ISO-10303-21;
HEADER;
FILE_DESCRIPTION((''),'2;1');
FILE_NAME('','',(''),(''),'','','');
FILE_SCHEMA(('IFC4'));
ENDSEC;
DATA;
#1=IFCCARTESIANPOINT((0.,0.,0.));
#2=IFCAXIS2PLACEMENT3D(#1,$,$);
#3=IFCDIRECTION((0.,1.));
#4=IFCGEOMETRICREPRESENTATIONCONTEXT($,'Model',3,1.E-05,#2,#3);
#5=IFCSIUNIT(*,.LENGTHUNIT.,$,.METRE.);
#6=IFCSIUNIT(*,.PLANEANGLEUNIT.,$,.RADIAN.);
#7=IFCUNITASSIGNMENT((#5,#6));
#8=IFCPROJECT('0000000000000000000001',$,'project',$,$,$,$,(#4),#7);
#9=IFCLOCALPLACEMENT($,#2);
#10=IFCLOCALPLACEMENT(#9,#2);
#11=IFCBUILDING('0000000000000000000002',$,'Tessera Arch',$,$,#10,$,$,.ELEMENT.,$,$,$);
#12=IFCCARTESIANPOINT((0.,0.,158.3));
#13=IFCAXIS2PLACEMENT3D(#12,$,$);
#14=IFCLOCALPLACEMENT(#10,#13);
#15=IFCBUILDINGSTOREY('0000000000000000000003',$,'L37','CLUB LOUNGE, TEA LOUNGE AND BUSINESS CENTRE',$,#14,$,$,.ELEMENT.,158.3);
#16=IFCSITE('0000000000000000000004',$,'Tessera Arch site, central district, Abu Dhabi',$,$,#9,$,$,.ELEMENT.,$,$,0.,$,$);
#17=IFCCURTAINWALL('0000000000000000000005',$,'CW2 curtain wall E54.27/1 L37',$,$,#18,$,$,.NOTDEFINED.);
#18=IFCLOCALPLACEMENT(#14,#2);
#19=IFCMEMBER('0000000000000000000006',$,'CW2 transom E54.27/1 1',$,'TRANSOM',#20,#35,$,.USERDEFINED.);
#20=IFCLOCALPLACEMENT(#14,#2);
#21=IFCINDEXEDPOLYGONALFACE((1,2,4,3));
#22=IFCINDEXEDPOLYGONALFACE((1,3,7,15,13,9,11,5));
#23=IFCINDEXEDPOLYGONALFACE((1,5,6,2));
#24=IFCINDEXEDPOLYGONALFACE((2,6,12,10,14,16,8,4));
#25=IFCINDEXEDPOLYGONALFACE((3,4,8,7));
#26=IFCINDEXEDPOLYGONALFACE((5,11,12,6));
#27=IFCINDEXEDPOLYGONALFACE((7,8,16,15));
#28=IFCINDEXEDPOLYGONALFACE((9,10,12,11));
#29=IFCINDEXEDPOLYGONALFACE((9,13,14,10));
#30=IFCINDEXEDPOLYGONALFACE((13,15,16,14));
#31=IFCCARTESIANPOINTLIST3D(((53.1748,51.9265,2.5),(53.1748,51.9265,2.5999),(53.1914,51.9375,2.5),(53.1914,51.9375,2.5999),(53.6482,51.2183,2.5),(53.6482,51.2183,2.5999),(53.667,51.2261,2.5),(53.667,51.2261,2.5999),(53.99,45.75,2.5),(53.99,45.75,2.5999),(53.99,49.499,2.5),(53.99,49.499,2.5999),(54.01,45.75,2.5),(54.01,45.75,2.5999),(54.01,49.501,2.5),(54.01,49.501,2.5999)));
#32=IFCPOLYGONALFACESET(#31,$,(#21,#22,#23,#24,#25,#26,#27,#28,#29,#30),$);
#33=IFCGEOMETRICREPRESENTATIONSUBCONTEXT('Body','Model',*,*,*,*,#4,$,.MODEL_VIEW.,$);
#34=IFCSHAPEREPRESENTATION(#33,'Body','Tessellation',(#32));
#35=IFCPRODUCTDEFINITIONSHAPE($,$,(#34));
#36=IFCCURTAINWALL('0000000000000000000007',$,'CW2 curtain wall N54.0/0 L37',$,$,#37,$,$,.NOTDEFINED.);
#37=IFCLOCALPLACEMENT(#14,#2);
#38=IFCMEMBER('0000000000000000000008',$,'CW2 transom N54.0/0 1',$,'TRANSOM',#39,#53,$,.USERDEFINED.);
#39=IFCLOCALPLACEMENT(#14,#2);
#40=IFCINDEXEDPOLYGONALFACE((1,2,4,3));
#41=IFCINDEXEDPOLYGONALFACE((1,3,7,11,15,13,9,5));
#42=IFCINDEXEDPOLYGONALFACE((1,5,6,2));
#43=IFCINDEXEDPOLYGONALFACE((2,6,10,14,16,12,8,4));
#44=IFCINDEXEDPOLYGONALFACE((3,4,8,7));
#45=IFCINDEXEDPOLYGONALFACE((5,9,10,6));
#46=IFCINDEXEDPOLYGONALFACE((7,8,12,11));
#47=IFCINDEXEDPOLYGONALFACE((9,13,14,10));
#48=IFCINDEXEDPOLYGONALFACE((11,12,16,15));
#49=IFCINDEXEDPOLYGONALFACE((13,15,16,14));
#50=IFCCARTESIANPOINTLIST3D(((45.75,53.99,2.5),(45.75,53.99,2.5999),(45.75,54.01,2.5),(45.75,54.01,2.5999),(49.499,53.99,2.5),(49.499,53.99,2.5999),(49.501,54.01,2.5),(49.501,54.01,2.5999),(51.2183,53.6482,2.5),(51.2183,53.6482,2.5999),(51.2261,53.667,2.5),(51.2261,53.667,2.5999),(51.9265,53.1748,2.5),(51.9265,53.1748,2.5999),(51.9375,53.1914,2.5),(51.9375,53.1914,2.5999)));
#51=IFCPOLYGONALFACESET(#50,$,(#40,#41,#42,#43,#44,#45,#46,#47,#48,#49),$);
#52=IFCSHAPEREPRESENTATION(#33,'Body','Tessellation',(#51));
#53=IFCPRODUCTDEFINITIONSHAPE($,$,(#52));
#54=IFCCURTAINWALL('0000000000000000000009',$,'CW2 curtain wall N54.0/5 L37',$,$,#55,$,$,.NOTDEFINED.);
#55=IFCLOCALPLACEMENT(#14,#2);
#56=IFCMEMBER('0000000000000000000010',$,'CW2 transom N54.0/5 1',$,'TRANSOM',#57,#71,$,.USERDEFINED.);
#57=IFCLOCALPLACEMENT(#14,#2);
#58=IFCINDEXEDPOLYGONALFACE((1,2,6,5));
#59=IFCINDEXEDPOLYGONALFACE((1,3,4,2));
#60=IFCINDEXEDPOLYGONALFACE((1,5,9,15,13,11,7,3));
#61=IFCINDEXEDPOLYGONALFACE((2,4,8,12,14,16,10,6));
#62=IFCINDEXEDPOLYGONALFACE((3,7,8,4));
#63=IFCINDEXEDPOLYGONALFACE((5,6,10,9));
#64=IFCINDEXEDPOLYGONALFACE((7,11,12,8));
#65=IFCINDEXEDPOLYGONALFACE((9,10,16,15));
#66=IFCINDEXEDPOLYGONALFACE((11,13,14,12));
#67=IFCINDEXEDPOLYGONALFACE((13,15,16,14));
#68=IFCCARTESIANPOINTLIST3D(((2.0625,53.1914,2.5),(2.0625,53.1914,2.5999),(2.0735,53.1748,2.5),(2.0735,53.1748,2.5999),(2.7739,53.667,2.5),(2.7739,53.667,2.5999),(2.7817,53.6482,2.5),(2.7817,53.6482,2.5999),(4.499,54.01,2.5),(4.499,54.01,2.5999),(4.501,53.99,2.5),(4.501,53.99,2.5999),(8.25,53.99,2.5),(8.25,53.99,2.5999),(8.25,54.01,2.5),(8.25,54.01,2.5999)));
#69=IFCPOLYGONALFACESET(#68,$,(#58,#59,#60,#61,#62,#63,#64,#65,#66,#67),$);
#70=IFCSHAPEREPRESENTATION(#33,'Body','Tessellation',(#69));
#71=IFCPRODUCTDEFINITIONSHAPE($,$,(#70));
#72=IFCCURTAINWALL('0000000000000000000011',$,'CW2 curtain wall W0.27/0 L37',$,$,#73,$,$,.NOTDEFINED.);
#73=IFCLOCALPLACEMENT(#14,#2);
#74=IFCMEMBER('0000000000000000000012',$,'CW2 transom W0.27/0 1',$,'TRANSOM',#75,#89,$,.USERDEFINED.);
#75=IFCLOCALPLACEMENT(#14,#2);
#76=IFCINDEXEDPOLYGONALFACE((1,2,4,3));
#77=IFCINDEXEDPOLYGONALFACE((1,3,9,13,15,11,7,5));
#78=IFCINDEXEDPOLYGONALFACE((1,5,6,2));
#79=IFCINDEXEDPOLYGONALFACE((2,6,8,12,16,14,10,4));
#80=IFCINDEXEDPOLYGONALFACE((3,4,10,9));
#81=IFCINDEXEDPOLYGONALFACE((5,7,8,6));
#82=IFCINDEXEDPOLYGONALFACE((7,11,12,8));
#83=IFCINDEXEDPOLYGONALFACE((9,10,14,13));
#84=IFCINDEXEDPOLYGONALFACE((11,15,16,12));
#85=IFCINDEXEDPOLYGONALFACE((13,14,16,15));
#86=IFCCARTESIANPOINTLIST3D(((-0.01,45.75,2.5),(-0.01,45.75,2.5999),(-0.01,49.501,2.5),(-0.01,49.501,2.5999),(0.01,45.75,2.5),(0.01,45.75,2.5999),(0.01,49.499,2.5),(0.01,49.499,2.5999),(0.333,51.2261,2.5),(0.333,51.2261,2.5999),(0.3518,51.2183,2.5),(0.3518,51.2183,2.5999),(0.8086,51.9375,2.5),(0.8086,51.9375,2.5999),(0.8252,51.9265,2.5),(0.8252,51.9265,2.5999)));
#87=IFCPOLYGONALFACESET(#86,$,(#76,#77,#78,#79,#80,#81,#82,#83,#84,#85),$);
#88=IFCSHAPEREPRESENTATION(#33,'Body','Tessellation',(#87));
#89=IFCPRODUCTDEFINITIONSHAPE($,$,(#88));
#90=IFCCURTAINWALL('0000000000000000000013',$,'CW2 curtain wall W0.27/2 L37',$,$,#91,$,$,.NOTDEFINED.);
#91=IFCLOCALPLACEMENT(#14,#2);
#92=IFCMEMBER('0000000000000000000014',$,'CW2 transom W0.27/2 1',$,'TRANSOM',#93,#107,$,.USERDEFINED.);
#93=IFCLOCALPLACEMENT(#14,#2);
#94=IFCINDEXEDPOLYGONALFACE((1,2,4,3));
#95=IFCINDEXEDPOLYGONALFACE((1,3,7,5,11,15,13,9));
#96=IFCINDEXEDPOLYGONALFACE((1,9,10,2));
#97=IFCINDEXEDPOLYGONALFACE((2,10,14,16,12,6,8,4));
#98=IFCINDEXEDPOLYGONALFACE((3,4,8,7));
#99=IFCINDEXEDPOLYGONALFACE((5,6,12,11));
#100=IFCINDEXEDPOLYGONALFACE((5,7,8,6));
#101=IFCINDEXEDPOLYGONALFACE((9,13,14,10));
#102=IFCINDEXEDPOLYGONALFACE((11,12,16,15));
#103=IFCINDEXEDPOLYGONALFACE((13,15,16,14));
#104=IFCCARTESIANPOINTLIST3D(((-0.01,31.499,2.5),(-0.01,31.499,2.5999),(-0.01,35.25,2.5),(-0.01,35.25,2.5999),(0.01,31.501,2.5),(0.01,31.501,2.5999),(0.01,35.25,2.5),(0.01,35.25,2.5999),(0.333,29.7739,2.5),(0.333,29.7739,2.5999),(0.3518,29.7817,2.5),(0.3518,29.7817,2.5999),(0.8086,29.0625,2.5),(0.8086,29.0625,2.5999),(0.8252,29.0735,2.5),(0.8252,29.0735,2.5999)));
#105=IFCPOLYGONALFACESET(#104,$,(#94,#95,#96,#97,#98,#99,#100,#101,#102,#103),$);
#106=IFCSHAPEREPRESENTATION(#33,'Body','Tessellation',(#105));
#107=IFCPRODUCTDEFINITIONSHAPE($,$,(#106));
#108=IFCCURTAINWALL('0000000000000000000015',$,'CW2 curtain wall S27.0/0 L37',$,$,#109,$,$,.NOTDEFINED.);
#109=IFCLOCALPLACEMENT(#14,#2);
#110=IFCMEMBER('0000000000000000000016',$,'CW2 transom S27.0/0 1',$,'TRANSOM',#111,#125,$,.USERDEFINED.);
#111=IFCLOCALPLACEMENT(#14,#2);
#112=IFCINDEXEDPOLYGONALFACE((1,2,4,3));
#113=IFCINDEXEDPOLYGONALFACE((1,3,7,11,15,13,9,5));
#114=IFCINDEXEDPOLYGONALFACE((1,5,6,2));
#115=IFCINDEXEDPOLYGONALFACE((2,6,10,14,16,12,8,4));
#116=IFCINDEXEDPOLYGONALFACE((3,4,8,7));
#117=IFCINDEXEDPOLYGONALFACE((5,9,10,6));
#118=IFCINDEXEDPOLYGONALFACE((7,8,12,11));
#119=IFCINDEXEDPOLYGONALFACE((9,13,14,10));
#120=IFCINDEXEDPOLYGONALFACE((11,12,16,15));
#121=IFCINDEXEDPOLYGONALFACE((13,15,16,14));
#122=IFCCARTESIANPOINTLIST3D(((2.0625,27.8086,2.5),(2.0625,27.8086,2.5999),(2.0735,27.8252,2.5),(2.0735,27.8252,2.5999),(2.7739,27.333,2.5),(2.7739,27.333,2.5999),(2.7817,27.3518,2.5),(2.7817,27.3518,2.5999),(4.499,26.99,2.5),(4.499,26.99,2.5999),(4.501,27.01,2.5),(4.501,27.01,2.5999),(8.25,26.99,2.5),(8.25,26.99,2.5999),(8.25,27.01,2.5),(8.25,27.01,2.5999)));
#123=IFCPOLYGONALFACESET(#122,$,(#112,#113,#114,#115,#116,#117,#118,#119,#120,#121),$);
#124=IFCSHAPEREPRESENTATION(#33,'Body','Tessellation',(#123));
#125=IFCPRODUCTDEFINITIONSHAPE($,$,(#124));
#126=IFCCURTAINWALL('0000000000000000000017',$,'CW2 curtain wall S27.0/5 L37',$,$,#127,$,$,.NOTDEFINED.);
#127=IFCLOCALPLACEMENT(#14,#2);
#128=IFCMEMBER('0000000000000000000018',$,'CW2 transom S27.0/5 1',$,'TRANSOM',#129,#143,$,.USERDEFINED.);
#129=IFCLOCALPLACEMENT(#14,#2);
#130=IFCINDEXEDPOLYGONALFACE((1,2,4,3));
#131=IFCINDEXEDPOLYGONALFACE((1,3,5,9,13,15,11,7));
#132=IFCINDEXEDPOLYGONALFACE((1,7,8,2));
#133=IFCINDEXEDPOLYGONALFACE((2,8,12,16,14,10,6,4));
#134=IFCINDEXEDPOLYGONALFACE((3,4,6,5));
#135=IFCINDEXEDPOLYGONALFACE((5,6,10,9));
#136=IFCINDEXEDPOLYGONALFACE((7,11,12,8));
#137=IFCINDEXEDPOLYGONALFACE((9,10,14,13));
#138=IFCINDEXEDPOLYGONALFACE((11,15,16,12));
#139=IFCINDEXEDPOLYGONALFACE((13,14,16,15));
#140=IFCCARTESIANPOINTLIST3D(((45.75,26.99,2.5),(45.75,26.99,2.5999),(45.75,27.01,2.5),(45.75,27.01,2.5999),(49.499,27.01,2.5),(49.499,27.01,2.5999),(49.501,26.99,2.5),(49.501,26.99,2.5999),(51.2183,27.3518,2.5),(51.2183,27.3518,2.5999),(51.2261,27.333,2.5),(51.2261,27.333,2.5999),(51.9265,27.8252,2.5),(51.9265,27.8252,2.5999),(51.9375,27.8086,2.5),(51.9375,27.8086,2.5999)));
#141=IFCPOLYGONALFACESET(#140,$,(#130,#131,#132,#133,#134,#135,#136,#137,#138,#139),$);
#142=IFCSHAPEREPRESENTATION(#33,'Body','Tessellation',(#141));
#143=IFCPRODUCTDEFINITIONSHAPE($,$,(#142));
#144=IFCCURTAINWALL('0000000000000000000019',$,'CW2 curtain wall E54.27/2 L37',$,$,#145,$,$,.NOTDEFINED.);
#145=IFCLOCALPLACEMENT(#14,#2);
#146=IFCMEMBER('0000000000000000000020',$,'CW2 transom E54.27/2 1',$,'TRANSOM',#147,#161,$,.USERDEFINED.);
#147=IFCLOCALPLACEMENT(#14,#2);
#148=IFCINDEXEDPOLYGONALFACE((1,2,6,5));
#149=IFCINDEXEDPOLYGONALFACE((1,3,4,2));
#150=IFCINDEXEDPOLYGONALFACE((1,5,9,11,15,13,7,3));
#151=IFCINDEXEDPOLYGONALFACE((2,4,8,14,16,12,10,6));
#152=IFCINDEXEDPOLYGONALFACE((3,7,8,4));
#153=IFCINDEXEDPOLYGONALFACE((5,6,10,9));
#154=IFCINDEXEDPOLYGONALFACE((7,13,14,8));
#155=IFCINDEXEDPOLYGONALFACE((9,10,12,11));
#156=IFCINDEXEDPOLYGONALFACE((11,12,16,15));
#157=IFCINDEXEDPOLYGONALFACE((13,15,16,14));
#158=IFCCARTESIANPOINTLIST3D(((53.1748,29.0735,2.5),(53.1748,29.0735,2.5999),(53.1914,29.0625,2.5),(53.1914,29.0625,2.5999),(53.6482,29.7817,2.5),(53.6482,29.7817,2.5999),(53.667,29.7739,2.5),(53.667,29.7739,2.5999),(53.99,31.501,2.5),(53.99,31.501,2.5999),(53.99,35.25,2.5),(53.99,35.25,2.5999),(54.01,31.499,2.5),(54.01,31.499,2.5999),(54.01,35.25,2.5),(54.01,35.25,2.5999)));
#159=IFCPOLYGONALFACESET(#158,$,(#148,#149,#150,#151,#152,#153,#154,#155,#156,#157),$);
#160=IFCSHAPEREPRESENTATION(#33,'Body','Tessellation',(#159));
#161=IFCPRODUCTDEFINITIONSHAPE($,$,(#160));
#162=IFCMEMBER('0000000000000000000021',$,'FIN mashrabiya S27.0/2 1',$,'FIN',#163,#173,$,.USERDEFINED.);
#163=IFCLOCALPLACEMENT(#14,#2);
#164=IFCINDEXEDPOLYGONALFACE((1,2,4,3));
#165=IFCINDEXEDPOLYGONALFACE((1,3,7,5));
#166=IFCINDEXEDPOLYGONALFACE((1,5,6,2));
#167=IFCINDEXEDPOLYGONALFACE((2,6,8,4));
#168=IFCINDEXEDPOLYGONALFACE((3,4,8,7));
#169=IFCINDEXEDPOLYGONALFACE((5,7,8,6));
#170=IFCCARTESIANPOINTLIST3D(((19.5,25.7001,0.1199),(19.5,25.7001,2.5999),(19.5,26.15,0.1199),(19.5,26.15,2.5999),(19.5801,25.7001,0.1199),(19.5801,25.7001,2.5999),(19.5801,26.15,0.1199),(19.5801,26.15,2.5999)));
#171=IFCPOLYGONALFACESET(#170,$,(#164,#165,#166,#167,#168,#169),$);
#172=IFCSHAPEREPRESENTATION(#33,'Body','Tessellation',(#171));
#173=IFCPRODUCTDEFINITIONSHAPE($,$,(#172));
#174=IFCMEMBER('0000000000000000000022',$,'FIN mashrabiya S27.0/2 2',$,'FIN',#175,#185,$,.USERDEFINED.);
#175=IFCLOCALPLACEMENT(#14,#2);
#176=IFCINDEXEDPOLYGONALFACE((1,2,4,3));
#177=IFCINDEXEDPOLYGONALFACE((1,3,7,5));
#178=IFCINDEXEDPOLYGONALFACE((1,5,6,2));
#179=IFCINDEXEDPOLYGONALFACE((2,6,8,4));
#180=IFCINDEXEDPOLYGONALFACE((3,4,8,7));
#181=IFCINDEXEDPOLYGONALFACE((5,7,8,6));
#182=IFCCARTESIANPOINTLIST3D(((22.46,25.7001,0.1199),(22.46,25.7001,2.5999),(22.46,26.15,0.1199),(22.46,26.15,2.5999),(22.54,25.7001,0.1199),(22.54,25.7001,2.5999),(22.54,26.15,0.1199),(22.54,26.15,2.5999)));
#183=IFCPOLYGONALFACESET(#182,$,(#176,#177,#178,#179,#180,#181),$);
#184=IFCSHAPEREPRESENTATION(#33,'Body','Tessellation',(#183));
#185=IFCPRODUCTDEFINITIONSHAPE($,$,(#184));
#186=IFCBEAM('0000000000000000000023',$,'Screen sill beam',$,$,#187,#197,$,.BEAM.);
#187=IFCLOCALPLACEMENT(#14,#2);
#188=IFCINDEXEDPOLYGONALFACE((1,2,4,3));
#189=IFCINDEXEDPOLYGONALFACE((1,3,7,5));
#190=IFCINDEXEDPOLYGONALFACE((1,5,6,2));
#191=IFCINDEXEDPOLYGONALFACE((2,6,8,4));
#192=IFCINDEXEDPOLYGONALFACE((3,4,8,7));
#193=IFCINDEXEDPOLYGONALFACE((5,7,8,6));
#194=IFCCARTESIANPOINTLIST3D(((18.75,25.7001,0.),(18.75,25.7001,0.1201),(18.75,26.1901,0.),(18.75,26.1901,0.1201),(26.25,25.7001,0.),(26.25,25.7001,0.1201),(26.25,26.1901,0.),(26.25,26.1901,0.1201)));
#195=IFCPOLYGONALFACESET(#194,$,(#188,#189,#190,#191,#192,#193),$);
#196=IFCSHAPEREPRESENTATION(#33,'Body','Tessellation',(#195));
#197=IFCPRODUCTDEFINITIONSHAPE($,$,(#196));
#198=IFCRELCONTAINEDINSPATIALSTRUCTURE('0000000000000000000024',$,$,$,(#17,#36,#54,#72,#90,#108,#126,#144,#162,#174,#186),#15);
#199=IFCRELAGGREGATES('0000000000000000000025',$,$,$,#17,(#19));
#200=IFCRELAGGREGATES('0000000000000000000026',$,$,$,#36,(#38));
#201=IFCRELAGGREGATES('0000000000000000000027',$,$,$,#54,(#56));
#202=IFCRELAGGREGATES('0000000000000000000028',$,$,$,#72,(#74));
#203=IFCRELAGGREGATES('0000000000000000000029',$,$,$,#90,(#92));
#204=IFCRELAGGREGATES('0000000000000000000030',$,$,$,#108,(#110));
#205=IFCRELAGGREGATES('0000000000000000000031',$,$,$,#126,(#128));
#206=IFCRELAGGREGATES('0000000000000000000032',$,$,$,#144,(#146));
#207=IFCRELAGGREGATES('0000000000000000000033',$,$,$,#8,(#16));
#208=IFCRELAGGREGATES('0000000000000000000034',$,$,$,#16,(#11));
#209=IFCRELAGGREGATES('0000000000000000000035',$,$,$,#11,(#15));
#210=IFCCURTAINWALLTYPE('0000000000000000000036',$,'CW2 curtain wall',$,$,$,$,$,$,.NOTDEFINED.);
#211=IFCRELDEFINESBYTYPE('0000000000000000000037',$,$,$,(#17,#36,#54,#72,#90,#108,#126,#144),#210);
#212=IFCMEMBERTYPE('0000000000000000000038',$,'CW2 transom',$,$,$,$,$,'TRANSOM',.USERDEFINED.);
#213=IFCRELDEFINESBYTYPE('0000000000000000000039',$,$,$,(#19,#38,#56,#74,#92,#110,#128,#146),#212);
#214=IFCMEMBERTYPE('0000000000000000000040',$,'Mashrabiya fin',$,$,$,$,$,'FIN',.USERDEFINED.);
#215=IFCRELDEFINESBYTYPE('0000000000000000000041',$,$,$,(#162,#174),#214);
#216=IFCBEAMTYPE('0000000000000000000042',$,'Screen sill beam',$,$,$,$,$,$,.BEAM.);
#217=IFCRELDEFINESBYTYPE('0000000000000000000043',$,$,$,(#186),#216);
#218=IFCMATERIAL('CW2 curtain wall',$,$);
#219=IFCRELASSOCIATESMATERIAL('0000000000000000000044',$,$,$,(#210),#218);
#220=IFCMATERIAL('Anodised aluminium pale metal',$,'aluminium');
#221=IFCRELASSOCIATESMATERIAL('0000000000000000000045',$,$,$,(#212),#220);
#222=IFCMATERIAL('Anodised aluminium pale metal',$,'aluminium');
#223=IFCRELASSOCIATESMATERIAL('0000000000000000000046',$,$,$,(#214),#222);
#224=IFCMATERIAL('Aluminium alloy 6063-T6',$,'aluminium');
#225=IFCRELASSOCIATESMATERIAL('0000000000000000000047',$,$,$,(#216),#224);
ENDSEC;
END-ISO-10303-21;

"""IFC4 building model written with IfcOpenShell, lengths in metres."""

from ifc_helpers import new_model, si_unit, direction, frame, origin, origin_2d, place, context, subcontext, project, spatial, polyline, rectangle, outline, extrude, material, material_profile, profile_set, type_object, element, aggregate, save


model = new_model("IFC4")

# Units and contexts
model_context = context("Model", 3, precision=1e-05, world=origin(), true_north=direction((0.0, 1.0)))
body_context = subcontext(model_context, "Body", "Model", "MODEL_VIEW")
ifc_project = project(units=[si_unit("LENGTHUNIT", "METRE"), si_unit("PLANEANGLEUNIT", "RADIAN")], contexts=[model_context])

# Site, building, storey
site_placement = place(None, origin())
site = spatial("IfcSite", under=ifc_project, at=site_placement, Name="Tessera Arch site, central district, Abu Dhabi", CompositionType="ELEMENT", RefElevation=0.0)
building_placement = place(site_placement, origin())
building = spatial("IfcBuilding", under=site, at=building_placement, Name="Tessera Arch", CompositionType="ELEMENT")
storey_placement = place(building_placement, frame((0.0, 0.0, 158.3)))
storey = spatial("IfcBuildingStorey", under=building, at=storey_placement, Name="L37", Description="CLUB LOUNGE, TEA LOUNGE AND BUSINESS CENTRE", CompositionType="ELEMENT", Elevation=158.3)

# Curtain walls, members
ifc_material_1 = material(Name="CW2 curtain wall")
curtain_wall_type = type_object("IfcCurtainWallType", Name="CW2 curtain wall", PredefinedType="NOTDEFINED", material=ifc_material_1)
curtain_wall_1_placement = place(storey_placement, origin())
curtain_wall_1 = element("IfcCurtainWall", 1, at=curtain_wall_1_placement, inside=storey, type_object=curtain_wall_type, Name="CW2 curtain wall E54.27/1 L37", PredefinedType="NOTDEFINED")
ifc_material_2 = material(Name="Anodised aluminium pale metal", Category="aluminium")
ifc_material_profile_1 = material_profile(ifc_material_2, rectangle(XDim=0.2, YDim=0.1001, at=origin_2d()), Name="AL 200x100")
ifc_profile_set_1 = profile_set([ifc_material_profile_1], Name="Anodised aluminium pale metal")
member_type_1 = type_object("IfcMemberType", Name="CW2 transom", ElementType="TRANSOM", PredefinedType="USERDEFINED", material=ifc_profile_set_1)
member_1_placement = place(storey_placement, frame((0.0, 0.0, 2.5)))
member_1 = element("IfcMember", 2, at=member_1_placement, type_object=member_type_1, Name="CW2 transom E54.27/1 1", ObjectType="TRANSOM", PredefinedType="USERDEFINED", context=body_context, shape_type="SweptSolid", body=[
    extrude(outline(polyline([(53.99, 49.499), (53.99, 45.75), (54.01, 45.75), (54.01, 49.501), (53.667, 51.2261), (53.1914, 51.9375), (53.1748, 51.9265), (53.6482, 51.2183), (53.99, 49.499)])), origin(), (0.0, 0.0, 1.0), 0.0999),
])
curtain_wall_2_placement = place(storey_placement, origin())
curtain_wall_2 = element("IfcCurtainWall", 3, at=curtain_wall_2_placement, inside=storey, type_object=curtain_wall_type, Name="CW2 curtain wall N54.0/0 L37", PredefinedType="NOTDEFINED")
member_2_placement = place(storey_placement, frame((0.0, 0.0, 2.5)))
member_2 = element("IfcMember", 4, at=member_2_placement, type_object=member_type_1, Name="CW2 transom N54.0/0 1", ObjectType="TRANSOM", PredefinedType="USERDEFINED", context=body_context, shape_type="SweptSolid", body=[
    extrude(outline(polyline([(51.2183, 53.6482), (51.9265, 53.1748), (51.9375, 53.1914), (51.2261, 53.667), (49.501, 54.01), (45.75, 54.01), (45.75, 53.99), (49.499, 53.99), (51.2183, 53.6482)])), origin(), (0.0, 0.0, 1.0), 0.0999),
])
curtain_wall_3_placement = place(storey_placement, origin())
curtain_wall_3 = element("IfcCurtainWall", 5, at=curtain_wall_3_placement, inside=storey, type_object=curtain_wall_type, Name="CW2 curtain wall N54.0/5 L37", PredefinedType="NOTDEFINED")
member_3_placement = place(storey_placement, frame((0.0, 0.0, 2.5)))
member_3 = element("IfcMember", 6, at=member_3_placement, type_object=member_type_1, Name="CW2 transom N54.0/5 1", ObjectType="TRANSOM", PredefinedType="USERDEFINED", context=body_context, shape_type="SweptSolid", body=[
    extrude(outline(polyline([(4.501, 53.99), (8.25, 53.99), (8.25, 54.01), (4.499, 54.01), (2.7739, 53.667), (2.0625, 53.1914), (2.0735, 53.1748), (2.7817, 53.6482), (4.501, 53.99)])), origin(), (0.0, 0.0, 1.0), 0.0999),
])
curtain_wall_4_placement = place(storey_placement, origin())
curtain_wall_4 = element("IfcCurtainWall", 7, at=curtain_wall_4_placement, inside=storey, type_object=curtain_wall_type, Name="CW2 curtain wall W0.27/0 L37", PredefinedType="NOTDEFINED")
member_4_placement = place(storey_placement, frame((0.0, 0.0, 2.5)))
member_4 = element("IfcMember", 8, at=member_4_placement, type_object=member_type_1, Name="CW2 transom W0.27/0 1", ObjectType="TRANSOM", PredefinedType="USERDEFINED", context=body_context, shape_type="SweptSolid", body=[
    extrude(outline(polyline([(0.3518, 51.2183), (0.8252, 51.9265), (0.8086, 51.9375), (0.333, 51.2261), (-0.01, 49.501), (-0.01, 45.75), (0.01, 45.75), (0.01, 49.499), (0.3518, 51.2183)])), origin(), (0.0, 0.0, 1.0), 0.0999),
])
curtain_wall_5_placement = place(storey_placement, origin())
curtain_wall_5 = element("IfcCurtainWall", 9, at=curtain_wall_5_placement, inside=storey, type_object=curtain_wall_type, Name="CW2 curtain wall W0.27/2 L37", PredefinedType="NOTDEFINED")
member_5_placement = place(storey_placement, frame((0.0, 0.0, 2.5)))
member_5 = element("IfcMember", 10, at=member_5_placement, type_object=member_type_1, Name="CW2 transom W0.27/2 1", ObjectType="TRANSOM", PredefinedType="USERDEFINED", context=body_context, shape_type="SweptSolid", body=[
    extrude(outline(polyline([(0.01, 31.501), (0.01, 35.25), (-0.01, 35.25), (-0.01, 31.499), (0.333, 29.7739), (0.8086, 29.0625), (0.8252, 29.0735), (0.3518, 29.7817), (0.01, 31.501)])), origin(), (0.0, 0.0, 1.0), 0.0999),
])
curtain_wall_6_placement = place(storey_placement, origin())
curtain_wall_6 = element("IfcCurtainWall", 11, at=curtain_wall_6_placement, inside=storey, type_object=curtain_wall_type, Name="CW2 curtain wall S27.0/0 L37", PredefinedType="NOTDEFINED")
member_6_placement = place(storey_placement, frame((0.0, 0.0, 2.5)))
member_6 = element("IfcMember", 12, at=member_6_placement, type_object=member_type_1, Name="CW2 transom S27.0/0 1", ObjectType="TRANSOM", PredefinedType="USERDEFINED", context=body_context, shape_type="SweptSolid", body=[
    extrude(outline(polyline([(2.7817, 27.3518), (2.0735, 27.8252), (2.0625, 27.8086), (2.7739, 27.333), (4.499, 26.99), (8.25, 26.99), (8.25, 27.01), (4.501, 27.01), (2.7817, 27.3518)])), origin(), (0.0, 0.0, 1.0), 0.0999),
])
curtain_wall_7_placement = place(storey_placement, origin())
curtain_wall_7 = element("IfcCurtainWall", 13, at=curtain_wall_7_placement, inside=storey, type_object=curtain_wall_type, Name="CW2 curtain wall S27.0/5 L37", PredefinedType="NOTDEFINED")
member_7_placement = place(storey_placement, frame((0.0, 0.0, 2.5)))
member_7 = element("IfcMember", 14, at=member_7_placement, type_object=member_type_1, Name="CW2 transom S27.0/5 1", ObjectType="TRANSOM", PredefinedType="USERDEFINED", context=body_context, shape_type="SweptSolid", body=[
    extrude(outline(polyline([(49.499, 27.01), (45.75, 27.01), (45.75, 26.99), (49.501, 26.99), (51.2261, 27.333), (51.9375, 27.8086), (51.9265, 27.8252), (51.2183, 27.3518), (49.499, 27.01)])), origin(), (0.0, 0.0, 1.0), 0.0999),
])
curtain_wall_8_placement = place(storey_placement, origin())
curtain_wall_8 = element("IfcCurtainWall", 15, at=curtain_wall_8_placement, inside=storey, type_object=curtain_wall_type, Name="CW2 curtain wall E54.27/2 L37", PredefinedType="NOTDEFINED")
member_8_placement = place(storey_placement, frame((0.0, 0.0, 2.5)))
member_8 = element("IfcMember", 16, at=member_8_placement, type_object=member_type_1, Name="CW2 transom E54.27/2 1", ObjectType="TRANSOM", PredefinedType="USERDEFINED", context=body_context, shape_type="SweptSolid", body=[
    extrude(outline(polyline([(53.6482, 29.7817), (53.1748, 29.0735), (53.1914, 29.0625), (53.667, 29.7739), (54.01, 31.499), (54.01, 35.25), (53.99, 35.25), (53.99, 31.501), (53.6482, 29.7817)])), origin(), (0.0, 0.0, 1.0), 0.0999),
])

# Members
ifc_material_3 = material(Name="Anodised aluminium pale metal", Category="aluminium")
ifc_material_profile_2 = material_profile(ifc_material_3, rectangle(XDim=0.45, YDim=0.0801, at=origin_2d()), Name="AL 80x450")
ifc_profile_set_2 = profile_set([ifc_material_profile_2], Name="Anodised aluminium pale metal")
member_type_2 = type_object("IfcMemberType", Name="Mashrabiya fin", ElementType="FIN", PredefinedType="USERDEFINED", material=ifc_profile_set_2)
for number, where, z_axis, x_axis, name in (
    (17, (19.54, 25.925, 0.1199), (0.0, 0.0, 1.0), (0.0, -1.0, 0.0), "FIN mashrabiya S27.0/2 1"),
    (18, (22.5, 25.925, 0.1199), (0.0, 0.0, 1.0), (0.0, -1.0, 0.0), "FIN mashrabiya S27.0/2 2"),
):
    element("IfcMember", number, at=place(storey_placement, frame(where, z_axis=z_axis, x_axis=x_axis)), inside=storey, type_object=member_type_2, Name=name, ObjectType="FIN", PredefinedType="USERDEFINED", context=body_context, shape_type="SweptSolid", body=[
        extrude(rectangle(XDim=0.45, YDim=0.0801, at=origin_2d()), origin(), (0.0, 0.0, 1.0), 2.48),
    ])

# Beam
ifc_material_4 = material(Name="Aluminium alloy 6063-T6", Category="aluminium")
ifc_material_profile_3 = material_profile(ifc_material_4, rectangle(XDim=0.49, YDim=0.1201, at=origin_2d()), Name="AL 490x120")
ifc_profile_set_3 = profile_set([ifc_material_profile_3], Name="Aluminium alloy 6063-T6")
beam_type = type_object("IfcBeamType", Name="Screen sill beam", PredefinedType="BEAM", material=ifc_profile_set_3)
beam_placement = place(storey_placement, frame((18.75, 25.9451, 0.0601), z_axis=(1.0, 0.0, 0.0), x_axis=(0.0, 1.0, 0.0)))
element("IfcBeam", 19, at=beam_placement, inside=storey, type_object=beam_type, Name="Screen sill beam", PredefinedType="BEAM", context=body_context, shape_type="SweptSolid", body=[
    extrude(rectangle(XDim=0.49, YDim=0.1201, at=origin_2d()), origin(), (0.0, 0.0, 1.0), 7.5),
])

aggregate(curtain_wall_1, [member_1])
aggregate(curtain_wall_2, [member_2])
aggregate(curtain_wall_3, [member_3])
aggregate(curtain_wall_4, [member_4])
aggregate(curtain_wall_5, [member_5])
aggregate(curtain_wall_6, [member_6])
aggregate(curtain_wall_7, [member_7])
aggregate(curtain_wall_8, [member_8])

save(model, "model.ifc")
